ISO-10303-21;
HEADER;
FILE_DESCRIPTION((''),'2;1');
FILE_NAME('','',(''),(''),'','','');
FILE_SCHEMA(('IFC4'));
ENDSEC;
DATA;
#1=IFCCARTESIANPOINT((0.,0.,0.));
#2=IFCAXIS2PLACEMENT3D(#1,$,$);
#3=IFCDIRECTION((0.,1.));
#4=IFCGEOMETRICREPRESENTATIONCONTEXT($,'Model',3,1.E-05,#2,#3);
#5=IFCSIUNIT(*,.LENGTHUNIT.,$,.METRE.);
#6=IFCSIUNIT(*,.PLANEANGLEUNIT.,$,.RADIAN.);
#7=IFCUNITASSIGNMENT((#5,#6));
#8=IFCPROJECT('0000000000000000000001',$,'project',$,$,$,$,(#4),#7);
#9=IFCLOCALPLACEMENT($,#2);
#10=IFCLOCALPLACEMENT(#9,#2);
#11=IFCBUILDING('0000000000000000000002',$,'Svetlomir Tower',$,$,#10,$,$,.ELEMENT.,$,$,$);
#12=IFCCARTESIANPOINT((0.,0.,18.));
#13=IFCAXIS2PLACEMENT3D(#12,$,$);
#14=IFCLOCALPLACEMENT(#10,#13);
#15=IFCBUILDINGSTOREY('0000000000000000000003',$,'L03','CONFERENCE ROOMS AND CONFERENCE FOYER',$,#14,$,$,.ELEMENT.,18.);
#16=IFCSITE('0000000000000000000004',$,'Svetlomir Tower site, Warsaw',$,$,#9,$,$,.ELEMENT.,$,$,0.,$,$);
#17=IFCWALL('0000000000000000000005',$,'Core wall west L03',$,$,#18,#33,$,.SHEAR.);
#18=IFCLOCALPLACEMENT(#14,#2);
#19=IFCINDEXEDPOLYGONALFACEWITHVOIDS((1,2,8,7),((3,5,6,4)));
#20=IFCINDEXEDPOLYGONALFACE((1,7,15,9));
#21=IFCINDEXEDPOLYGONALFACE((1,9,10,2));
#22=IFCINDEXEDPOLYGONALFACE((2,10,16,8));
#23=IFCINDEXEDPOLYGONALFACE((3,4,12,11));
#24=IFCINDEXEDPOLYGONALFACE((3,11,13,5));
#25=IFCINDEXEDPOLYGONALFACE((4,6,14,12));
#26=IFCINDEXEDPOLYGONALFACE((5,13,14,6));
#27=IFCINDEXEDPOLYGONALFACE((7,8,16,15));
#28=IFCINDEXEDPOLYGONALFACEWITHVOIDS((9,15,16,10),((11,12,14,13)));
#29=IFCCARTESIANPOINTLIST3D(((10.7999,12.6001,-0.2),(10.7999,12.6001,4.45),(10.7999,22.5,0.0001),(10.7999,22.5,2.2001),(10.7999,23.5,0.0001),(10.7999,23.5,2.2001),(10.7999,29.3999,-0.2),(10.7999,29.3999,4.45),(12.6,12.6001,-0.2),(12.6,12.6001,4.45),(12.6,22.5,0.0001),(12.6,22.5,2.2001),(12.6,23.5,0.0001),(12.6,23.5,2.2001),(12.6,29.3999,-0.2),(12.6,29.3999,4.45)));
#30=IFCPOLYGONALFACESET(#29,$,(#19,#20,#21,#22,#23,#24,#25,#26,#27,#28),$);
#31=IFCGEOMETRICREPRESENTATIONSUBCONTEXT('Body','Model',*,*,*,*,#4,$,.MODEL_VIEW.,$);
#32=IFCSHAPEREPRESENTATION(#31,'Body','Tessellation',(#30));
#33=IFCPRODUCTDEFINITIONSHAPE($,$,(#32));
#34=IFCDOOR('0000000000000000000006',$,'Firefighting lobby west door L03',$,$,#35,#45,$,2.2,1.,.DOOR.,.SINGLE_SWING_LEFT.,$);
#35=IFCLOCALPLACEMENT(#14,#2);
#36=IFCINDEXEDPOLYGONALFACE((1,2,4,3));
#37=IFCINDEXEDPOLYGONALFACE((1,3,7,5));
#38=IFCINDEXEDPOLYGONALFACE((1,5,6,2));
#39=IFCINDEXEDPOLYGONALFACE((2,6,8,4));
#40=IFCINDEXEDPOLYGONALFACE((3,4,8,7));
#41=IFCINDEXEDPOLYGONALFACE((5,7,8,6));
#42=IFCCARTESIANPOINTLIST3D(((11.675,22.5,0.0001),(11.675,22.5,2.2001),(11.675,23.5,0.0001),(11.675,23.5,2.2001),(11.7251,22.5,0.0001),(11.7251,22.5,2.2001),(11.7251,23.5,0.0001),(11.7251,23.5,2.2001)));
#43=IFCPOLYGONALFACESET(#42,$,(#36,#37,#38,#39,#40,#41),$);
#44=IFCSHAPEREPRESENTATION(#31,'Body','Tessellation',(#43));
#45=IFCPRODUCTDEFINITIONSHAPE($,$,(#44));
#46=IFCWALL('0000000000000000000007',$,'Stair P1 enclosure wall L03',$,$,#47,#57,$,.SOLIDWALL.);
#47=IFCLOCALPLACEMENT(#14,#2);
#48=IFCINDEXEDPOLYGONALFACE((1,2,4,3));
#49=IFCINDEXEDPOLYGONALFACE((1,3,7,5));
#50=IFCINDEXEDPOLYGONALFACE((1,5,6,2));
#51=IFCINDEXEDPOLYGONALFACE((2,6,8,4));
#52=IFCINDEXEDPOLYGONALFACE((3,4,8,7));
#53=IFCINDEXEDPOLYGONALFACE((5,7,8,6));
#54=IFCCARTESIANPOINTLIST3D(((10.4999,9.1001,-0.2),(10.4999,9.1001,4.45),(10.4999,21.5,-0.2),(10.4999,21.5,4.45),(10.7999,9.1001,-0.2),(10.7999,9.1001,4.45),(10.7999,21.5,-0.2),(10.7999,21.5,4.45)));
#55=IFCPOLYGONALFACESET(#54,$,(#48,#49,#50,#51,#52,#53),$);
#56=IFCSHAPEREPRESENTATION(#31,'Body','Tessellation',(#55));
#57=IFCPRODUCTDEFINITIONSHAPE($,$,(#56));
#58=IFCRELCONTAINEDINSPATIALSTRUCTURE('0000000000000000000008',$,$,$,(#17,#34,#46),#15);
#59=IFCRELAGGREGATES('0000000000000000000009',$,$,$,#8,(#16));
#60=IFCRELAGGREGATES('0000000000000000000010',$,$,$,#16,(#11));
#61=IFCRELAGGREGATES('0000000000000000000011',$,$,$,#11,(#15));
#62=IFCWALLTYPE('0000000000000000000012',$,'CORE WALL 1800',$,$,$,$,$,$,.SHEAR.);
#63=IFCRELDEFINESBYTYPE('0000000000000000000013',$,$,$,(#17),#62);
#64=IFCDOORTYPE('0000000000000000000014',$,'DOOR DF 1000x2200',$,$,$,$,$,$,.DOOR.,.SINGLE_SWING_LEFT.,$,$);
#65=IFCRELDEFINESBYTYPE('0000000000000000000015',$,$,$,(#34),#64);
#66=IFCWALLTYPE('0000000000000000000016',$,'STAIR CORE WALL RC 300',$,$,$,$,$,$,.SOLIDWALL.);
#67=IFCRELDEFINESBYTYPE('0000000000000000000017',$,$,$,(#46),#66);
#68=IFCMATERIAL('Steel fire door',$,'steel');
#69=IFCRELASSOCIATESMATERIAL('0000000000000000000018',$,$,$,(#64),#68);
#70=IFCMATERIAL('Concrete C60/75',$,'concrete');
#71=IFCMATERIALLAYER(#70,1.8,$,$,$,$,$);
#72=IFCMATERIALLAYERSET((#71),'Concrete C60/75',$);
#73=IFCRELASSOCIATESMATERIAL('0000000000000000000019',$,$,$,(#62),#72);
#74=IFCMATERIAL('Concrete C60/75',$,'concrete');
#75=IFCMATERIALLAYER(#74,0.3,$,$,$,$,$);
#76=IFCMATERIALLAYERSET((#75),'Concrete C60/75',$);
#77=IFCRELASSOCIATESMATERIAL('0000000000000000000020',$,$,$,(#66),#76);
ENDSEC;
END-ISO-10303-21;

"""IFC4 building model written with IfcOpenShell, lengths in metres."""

from ifc_helpers import new_model, si_unit, direction, frame, frame_2d, origin, place, context, subcontext, project, spatial, rectangle, extrude, material, layer, layer_set, type_object, element, fill, save


model = new_model("IFC4")

# Units and contexts
model_context = context("Model", 3, precision=1e-05, world=origin(), true_north=direction((0.0, 1.0)))
body_context = subcontext(model_context, "Body", "Model", "MODEL_VIEW")
ifc_project = project(units=[si_unit("LENGTHUNIT", "METRE"), si_unit("PLANEANGLEUNIT", "RADIAN")], contexts=[model_context])

# Site, building, storey
site_placement = place(None, origin())
site = spatial("IfcSite", under=ifc_project, at=site_placement, Name="Svetlomir Tower site, Warsaw", CompositionType="ELEMENT", RefElevation=0.0)
building_placement = place(site_placement, origin())
building = spatial("IfcBuilding", under=site, at=building_placement, Name="Svetlomir Tower", CompositionType="ELEMENT")
storey_placement = place(building_placement, frame((0.0, 0.0, 18.0)))
storey = spatial("IfcBuildingStorey", under=building, at=storey_placement, Name="L03", Description="CONFERENCE ROOMS AND CONFERENCE FOYER", CompositionType="ELEMENT", Elevation=18.0)

# Wall, opening, door
ifc_material_1 = material(Name="Steel fire door", Category="steel")
door_type_1 = type_object("IfcDoorType", Name="DOOR DF 1000x2200", OperationType="SINGLE_SWING_LEFT", PredefinedType="DOOR", material=ifc_material_1)
ifc_material_2 = material(Name="Concrete C60/75", Category="concrete")
ifc_layer_1 = layer(ifc_material_2, 1.8)
ifc_layer_set_1 = layer_set([ifc_layer_1], Name="Concrete C60/75")
wall_type_1 = type_object("IfcWallType", Name="CORE WALL 1800", PredefinedType="SHEAR", material=ifc_layer_set_1)
wall_1_placement = place(storey_placement, frame((11.7, 12.6001, -0.2), z_axis=(0.0, 0.0, 1.0), x_axis=(0.0, 1.0, 0.0)))
wall_1 = element("IfcWall", 1, at=wall_1_placement, inside=storey, type_object=wall_type_1, Name="Core wall west L03", PredefinedType="SHEAR", context=body_context, shape_type="SweptSolid", body=[
    extrude(rectangle(XDim=16.7998, YDim=1.8, at=frame_2d((8.3999, 0.0))), origin(), (0.0, 0.0, 1.0), 4.6499),
])
opening_1_placement = place(wall_1_placement, frame((9.8999, 0.0, 0.2)))
opening_1 = element("IfcOpeningElement", 2, at=opening_1_placement, cuts=wall_1, PredefinedType="OPENING", context=body_context, shape_type="SweptSolid", body=[
    extrude(rectangle(XDim=1.0, YDim=2.2, at=frame_2d((0.5, 1.1001))), frame((0.0, 0.9102, 0.0), z_axis=(0.0, -1.0, 0.0), x_axis=(1.0, 0.0, 0.0)), (0.0, 0.0, 1.0), 1.8201),
])
door_1_placement = place(opening_1_placement, origin())
door_1 = element("IfcDoor", 3, at=door_1_placement, inside=storey, type_object=door_type_1, Name="Firefighting lobby west door L03", OperationType="SINGLE_SWING_LEFT", OverallHeight=2.2, OverallWidth=1.0, PredefinedType="DOOR", context=body_context, shape_type="SweptSolid", body=[
    extrude(rectangle(XDim=1.0, YDim=2.2, at=frame_2d((0.5, 1.1001))), frame((0.0, 0.0249, 0.0), z_axis=(0.0, -1.0, 0.0), x_axis=(1.0, 0.0, 0.0)), (0.0, 0.0, 1.0), 0.05),
])
fill(opening_1, door_1)

# Wall
ifc_material_3 = material(Name="Concrete C60/75", Category="concrete")
ifc_layer_2 = layer(ifc_material_3, 0.3)
ifc_layer_set_2 = layer_set([ifc_layer_2], Name="Concrete C60/75")
wall_type_2 = type_object("IfcWallType", Name="STAIR CORE WALL RC 300", PredefinedType="SOLIDWALL", material=ifc_layer_set_2)
wall_2_placement = place(storey_placement, frame((10.6499, 9.1001, -0.2), z_axis=(0.0, 0.0, 1.0), x_axis=(0.0, 1.0, 0.0)))
element("IfcWall", 4, at=wall_2_placement, inside=storey, type_object=wall_type_2, Name="Stair P1 enclosure wall L03", PredefinedType="SOLIDWALL", context=body_context, shape_type="SweptSolid", body=[
    extrude(rectangle(XDim=12.3999, YDim=0.3, at=frame_2d((6.2, 0.0))), origin(), (0.0, 0.0, 1.0), 4.6499),
])

save(model, "model.ifc")
